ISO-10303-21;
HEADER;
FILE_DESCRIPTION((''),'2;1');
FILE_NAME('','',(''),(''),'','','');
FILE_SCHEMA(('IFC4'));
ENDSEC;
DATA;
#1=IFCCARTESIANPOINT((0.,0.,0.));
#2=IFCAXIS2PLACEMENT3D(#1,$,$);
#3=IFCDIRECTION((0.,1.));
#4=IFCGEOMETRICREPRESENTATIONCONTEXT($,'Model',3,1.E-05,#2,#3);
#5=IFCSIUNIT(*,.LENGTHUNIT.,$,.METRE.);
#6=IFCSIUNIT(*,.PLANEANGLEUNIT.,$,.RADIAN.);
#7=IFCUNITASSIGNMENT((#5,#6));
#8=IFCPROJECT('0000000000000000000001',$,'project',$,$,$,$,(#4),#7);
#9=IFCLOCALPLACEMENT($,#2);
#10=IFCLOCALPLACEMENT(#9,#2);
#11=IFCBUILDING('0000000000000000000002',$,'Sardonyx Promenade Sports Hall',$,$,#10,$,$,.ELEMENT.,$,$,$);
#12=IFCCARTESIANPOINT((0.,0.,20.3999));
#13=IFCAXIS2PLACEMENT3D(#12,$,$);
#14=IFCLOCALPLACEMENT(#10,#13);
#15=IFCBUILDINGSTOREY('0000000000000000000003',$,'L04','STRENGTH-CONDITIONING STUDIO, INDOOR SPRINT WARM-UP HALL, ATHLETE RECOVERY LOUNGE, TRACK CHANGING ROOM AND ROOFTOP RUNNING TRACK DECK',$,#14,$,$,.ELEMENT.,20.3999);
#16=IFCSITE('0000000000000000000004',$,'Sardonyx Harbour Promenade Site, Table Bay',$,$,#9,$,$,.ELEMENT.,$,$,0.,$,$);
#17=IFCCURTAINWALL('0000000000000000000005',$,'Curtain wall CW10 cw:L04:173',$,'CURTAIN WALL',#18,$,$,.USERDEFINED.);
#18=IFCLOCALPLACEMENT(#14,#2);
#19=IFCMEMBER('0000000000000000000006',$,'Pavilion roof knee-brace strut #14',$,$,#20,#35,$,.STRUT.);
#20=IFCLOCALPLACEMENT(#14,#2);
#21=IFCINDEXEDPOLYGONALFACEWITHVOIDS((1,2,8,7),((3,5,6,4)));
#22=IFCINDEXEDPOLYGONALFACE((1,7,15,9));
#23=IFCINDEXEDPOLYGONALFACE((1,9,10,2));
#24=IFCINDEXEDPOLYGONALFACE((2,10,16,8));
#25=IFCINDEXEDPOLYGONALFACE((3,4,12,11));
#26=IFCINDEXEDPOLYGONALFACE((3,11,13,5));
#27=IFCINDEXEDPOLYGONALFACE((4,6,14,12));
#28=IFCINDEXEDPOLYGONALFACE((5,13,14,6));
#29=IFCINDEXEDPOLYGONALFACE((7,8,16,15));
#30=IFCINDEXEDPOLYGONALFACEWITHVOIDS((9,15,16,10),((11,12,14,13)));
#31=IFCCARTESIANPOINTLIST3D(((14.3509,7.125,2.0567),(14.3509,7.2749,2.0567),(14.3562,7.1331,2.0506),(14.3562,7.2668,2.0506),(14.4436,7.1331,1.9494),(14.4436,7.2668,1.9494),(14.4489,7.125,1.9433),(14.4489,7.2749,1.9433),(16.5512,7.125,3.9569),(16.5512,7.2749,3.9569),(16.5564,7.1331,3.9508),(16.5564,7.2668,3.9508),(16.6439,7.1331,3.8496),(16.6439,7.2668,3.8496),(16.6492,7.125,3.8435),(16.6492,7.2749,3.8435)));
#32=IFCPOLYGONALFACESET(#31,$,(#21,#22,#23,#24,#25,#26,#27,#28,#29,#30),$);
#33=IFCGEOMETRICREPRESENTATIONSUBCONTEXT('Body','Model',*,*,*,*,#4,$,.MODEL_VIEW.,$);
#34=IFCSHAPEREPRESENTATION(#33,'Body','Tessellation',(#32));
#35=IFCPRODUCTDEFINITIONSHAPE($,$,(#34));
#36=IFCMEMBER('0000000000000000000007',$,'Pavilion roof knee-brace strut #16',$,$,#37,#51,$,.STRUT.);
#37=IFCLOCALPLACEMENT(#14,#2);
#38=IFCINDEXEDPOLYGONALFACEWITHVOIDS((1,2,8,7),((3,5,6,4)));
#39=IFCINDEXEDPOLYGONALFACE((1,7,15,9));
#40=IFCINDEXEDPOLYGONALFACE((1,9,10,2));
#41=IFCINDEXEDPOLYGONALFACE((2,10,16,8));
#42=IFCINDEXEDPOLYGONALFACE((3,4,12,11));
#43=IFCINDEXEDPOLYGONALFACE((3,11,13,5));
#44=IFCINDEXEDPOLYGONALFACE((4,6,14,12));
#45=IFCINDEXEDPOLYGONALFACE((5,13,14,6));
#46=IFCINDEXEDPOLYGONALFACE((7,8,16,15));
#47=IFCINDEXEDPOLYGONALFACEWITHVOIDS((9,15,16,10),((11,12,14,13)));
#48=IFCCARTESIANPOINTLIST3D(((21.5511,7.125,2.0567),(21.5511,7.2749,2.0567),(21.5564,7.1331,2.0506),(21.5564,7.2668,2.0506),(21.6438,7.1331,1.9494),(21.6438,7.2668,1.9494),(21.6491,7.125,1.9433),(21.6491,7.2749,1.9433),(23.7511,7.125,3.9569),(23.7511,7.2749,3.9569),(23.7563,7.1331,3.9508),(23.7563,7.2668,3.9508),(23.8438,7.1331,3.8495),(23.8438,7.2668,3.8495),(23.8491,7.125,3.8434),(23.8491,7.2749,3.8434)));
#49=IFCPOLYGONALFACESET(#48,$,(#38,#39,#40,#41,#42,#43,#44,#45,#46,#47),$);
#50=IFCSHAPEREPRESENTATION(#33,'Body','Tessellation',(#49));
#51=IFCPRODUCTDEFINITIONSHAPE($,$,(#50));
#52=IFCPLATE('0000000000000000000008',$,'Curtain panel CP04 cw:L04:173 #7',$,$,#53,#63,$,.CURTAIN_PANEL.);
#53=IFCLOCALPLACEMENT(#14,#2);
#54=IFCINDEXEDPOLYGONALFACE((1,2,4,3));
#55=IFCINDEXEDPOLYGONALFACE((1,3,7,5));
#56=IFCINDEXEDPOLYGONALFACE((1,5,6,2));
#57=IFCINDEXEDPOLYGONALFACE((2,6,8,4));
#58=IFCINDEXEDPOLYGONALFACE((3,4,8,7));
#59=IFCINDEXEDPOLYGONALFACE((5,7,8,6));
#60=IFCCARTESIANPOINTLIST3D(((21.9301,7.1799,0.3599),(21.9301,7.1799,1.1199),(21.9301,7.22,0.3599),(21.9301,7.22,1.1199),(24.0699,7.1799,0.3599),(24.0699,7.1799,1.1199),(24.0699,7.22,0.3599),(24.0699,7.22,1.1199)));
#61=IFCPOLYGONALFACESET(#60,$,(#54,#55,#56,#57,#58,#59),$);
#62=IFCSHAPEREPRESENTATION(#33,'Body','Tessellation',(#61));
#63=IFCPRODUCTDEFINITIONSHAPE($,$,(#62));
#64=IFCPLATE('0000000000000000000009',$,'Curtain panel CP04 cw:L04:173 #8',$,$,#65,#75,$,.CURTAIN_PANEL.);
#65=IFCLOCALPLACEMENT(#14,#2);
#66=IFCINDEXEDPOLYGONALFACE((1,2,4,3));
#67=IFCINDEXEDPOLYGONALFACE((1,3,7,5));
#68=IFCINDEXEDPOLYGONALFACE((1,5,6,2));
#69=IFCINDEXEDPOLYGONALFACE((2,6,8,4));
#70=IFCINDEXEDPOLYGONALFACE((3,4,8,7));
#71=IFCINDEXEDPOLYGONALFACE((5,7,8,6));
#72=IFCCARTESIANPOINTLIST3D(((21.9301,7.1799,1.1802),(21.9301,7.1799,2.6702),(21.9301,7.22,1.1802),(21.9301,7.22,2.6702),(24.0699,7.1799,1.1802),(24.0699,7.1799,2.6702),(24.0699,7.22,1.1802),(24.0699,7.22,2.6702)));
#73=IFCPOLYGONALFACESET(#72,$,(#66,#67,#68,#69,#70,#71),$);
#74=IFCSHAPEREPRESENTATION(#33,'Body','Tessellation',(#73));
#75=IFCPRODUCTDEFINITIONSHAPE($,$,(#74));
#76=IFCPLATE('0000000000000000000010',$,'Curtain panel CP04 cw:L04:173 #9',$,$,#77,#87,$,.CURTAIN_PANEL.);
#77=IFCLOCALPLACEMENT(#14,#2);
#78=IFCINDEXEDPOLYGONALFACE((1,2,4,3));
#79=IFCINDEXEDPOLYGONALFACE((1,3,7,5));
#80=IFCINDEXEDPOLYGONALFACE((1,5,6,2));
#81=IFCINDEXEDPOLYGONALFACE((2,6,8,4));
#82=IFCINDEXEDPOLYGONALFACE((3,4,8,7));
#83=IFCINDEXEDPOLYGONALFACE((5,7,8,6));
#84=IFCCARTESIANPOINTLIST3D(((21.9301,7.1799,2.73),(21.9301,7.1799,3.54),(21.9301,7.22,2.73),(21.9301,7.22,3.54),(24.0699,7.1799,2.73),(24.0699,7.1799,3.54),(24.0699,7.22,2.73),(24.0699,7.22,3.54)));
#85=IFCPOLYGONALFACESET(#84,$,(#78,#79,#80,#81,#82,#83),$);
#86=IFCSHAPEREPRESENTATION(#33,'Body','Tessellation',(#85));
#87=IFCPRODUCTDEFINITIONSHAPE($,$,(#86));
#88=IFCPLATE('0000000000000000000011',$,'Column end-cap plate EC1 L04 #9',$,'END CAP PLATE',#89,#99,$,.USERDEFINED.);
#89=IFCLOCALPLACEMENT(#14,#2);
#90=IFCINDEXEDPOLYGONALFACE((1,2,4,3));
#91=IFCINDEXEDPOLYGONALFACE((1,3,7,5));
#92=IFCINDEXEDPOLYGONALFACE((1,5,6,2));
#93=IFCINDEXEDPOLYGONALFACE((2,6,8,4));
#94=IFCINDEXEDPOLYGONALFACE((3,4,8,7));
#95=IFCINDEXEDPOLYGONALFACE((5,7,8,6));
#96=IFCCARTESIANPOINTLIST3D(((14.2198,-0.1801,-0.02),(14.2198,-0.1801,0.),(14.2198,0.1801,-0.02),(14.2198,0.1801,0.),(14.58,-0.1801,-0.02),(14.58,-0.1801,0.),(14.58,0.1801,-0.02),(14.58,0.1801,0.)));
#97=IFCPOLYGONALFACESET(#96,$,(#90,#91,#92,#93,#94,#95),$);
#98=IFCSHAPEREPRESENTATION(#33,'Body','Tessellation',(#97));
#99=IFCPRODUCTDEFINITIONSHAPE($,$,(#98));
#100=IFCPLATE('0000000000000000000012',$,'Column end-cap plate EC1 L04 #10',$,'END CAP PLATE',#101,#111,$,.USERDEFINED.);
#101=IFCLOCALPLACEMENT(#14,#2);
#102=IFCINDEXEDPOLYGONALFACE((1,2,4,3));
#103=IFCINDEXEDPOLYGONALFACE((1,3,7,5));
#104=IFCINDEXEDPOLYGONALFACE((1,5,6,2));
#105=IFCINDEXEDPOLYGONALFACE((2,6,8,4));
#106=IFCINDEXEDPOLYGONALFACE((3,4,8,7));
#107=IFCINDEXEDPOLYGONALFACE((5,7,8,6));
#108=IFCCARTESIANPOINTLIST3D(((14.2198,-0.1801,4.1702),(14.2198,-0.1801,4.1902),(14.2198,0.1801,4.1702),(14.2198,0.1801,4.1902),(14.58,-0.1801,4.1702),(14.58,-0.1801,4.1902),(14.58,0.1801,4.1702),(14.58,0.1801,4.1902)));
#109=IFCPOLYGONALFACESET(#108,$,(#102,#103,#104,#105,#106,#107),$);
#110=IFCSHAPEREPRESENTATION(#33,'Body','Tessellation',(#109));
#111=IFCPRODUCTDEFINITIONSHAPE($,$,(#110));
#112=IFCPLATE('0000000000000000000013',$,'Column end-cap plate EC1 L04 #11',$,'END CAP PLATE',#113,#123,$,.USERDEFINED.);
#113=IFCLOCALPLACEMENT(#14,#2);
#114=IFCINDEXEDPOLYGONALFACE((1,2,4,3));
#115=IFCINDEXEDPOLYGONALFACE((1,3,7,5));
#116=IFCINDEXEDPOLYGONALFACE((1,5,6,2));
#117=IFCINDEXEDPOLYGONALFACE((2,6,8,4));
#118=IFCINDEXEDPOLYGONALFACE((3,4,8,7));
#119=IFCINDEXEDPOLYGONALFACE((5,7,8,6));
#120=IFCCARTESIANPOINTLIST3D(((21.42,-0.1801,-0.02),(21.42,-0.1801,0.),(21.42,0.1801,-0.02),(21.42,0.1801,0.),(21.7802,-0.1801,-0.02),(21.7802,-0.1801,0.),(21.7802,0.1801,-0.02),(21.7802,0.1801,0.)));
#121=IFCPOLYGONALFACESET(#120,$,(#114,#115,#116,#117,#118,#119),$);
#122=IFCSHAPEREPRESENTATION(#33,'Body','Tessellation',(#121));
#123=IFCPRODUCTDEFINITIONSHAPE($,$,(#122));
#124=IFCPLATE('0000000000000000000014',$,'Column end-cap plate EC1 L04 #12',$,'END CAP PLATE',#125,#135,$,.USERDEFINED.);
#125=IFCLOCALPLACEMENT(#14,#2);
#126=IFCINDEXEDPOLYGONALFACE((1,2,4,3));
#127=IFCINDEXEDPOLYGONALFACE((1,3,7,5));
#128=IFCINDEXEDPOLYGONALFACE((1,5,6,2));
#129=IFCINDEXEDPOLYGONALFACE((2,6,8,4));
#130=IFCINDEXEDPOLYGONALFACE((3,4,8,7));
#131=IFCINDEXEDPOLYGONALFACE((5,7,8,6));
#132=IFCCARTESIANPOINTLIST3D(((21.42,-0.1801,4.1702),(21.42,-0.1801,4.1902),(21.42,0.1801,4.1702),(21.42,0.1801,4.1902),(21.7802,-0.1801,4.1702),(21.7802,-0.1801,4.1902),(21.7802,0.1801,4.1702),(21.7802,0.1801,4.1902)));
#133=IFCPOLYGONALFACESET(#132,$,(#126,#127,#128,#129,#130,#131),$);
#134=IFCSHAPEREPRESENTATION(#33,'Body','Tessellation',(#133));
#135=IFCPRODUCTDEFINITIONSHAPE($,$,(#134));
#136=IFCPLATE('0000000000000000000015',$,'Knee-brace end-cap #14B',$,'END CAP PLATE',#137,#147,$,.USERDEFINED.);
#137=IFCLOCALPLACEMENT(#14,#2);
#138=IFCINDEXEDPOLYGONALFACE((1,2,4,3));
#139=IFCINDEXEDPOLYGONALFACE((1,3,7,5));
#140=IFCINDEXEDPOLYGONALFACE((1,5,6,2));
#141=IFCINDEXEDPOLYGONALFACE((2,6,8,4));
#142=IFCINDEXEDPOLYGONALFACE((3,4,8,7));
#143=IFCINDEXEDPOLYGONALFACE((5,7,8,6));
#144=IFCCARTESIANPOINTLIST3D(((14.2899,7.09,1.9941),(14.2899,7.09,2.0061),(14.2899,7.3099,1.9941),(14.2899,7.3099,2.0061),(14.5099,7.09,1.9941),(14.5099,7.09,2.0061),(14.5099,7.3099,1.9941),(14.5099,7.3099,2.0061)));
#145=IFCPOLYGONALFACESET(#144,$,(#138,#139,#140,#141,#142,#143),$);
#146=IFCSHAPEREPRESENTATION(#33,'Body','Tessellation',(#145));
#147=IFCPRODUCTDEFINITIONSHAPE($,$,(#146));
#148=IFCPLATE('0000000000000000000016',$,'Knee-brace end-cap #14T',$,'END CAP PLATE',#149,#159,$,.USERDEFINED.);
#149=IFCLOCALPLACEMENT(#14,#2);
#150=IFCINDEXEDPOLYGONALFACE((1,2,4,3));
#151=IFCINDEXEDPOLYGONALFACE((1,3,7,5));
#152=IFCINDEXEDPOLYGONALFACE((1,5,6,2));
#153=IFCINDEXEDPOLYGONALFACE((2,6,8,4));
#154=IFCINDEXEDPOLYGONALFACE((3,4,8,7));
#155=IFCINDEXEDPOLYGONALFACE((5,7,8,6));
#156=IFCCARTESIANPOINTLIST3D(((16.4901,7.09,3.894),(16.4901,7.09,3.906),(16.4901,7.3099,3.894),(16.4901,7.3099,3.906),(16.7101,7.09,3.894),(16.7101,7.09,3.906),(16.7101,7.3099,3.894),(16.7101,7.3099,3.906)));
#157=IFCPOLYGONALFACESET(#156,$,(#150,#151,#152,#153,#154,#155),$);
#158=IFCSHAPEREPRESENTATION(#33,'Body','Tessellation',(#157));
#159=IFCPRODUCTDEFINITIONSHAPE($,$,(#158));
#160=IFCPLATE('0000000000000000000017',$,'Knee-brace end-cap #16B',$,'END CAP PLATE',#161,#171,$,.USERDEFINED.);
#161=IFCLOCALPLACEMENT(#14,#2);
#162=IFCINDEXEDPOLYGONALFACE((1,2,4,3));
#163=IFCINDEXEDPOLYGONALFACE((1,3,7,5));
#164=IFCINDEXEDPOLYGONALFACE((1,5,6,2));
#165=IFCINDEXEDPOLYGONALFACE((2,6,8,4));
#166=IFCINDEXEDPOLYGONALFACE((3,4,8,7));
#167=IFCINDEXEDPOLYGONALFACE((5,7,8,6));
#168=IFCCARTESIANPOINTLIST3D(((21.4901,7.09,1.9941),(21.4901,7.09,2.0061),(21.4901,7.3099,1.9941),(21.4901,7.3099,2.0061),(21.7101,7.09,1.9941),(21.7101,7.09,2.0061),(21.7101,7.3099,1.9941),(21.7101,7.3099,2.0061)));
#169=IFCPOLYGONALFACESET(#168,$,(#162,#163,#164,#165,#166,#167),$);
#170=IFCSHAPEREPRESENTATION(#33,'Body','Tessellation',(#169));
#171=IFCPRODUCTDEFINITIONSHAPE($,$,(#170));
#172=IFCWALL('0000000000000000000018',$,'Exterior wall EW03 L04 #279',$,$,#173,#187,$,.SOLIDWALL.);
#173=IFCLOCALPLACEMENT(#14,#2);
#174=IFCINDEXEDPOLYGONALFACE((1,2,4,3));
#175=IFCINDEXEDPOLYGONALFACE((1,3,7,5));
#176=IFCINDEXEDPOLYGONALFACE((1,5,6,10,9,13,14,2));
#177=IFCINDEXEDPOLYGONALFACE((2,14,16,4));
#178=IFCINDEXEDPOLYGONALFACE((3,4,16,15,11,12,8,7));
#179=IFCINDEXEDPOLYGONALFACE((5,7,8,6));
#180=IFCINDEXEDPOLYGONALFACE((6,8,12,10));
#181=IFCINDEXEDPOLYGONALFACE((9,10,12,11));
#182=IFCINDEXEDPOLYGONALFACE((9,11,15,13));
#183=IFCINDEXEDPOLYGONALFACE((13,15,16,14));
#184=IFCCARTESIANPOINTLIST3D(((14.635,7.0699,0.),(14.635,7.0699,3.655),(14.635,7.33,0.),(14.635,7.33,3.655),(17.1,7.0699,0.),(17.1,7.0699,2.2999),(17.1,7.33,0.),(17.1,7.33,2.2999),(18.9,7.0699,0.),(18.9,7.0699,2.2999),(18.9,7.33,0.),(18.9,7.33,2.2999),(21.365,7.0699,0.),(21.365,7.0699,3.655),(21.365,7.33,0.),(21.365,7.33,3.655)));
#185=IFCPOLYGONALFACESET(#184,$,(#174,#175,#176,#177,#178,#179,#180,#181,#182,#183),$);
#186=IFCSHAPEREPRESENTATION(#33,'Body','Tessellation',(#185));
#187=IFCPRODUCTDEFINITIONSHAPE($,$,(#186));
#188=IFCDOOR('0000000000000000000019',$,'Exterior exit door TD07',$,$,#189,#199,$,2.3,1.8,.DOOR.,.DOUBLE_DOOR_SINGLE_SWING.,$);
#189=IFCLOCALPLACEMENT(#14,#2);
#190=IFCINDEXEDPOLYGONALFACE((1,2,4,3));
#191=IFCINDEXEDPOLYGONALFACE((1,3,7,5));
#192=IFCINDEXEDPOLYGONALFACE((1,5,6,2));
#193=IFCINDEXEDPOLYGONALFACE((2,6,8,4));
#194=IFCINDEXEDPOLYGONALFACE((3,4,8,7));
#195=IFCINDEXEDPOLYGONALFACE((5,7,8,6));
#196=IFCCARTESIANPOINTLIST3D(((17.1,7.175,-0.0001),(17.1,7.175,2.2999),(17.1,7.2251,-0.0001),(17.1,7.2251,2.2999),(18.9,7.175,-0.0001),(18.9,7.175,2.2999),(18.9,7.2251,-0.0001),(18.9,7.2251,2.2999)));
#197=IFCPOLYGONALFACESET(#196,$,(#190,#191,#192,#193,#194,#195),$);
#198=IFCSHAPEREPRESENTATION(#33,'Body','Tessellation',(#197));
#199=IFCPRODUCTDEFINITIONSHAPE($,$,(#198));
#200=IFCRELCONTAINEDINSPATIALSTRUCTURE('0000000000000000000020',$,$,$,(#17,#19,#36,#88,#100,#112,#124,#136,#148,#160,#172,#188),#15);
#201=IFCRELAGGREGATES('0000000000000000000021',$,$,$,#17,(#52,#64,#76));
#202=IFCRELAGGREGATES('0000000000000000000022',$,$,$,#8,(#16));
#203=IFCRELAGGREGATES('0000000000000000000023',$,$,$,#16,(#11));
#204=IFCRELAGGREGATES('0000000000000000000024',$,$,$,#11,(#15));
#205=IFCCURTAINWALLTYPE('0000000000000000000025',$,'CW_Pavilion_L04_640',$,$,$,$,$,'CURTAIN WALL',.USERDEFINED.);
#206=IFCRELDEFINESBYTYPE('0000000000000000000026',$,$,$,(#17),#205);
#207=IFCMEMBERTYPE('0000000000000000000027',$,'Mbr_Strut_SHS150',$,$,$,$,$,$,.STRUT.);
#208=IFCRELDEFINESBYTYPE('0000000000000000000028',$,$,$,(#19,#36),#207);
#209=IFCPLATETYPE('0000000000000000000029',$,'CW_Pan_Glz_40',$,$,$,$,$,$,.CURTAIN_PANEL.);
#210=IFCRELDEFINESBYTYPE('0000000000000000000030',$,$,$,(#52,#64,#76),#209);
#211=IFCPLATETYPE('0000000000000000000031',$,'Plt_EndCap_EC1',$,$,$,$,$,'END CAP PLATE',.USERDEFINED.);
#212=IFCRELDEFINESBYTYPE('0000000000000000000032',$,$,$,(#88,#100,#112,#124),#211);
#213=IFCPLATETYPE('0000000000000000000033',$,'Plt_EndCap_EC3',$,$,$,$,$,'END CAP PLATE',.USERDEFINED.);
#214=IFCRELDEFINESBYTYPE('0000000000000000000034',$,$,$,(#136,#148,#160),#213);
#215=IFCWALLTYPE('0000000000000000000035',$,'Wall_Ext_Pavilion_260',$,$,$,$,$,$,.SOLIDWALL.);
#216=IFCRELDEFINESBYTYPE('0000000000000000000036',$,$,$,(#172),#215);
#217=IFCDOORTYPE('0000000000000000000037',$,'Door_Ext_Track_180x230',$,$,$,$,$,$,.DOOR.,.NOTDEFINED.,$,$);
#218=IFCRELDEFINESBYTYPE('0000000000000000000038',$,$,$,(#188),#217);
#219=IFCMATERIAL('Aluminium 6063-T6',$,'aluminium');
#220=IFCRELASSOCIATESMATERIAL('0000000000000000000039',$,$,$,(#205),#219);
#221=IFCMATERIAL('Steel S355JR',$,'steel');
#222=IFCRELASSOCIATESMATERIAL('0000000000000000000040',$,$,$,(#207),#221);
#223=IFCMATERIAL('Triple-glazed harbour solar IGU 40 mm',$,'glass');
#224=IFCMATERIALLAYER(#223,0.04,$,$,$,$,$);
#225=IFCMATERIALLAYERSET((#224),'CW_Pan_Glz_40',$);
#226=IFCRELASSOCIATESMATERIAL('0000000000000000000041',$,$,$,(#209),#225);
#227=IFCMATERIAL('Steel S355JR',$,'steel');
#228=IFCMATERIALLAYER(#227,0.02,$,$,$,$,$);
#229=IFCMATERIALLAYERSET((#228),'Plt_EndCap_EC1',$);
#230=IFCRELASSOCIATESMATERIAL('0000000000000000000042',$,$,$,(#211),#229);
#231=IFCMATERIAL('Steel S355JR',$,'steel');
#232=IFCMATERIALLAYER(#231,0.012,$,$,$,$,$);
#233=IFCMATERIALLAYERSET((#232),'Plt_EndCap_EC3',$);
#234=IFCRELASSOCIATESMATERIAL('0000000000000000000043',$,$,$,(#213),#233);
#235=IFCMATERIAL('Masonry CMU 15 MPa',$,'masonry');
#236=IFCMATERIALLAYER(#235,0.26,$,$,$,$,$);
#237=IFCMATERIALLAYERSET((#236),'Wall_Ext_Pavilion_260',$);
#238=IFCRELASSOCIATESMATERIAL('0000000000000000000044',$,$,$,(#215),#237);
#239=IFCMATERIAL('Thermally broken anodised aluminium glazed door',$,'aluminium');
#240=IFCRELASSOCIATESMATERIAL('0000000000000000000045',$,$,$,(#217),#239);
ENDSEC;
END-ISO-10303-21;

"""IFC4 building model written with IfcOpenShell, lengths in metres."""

from ifc_helpers import new_model, si_unit, direction, frame, frame_2d, origin, origin_2d, place, context, subcontext, project, spatial, rectangle, hollow_rectangle, extrude, material, layer, layer_set, material_profile, profile_set, type_object, element, fill, aggregate, save


model = new_model("IFC4")

# Units and contexts
model_context = context("Model", 3, precision=1e-05, world=origin(), true_north=direction((0.0, 1.0)))
body_context = subcontext(model_context, "Body", "Model", "MODEL_VIEW")
ifc_project = project(units=[si_unit("LENGTHUNIT", "METRE"), si_unit("PLANEANGLEUNIT", "RADIAN")], contexts=[model_context])

# Site, building, storey
site_placement = place(None, origin())
site = spatial("IfcSite", under=ifc_project, at=site_placement, Name="Sardonyx Harbour Promenade Site, Table Bay", CompositionType="ELEMENT", RefElevation=0.0)
building_placement = place(site_placement, origin())
building = spatial("IfcBuilding", under=site, at=building_placement, Name="Sardonyx Promenade Sports Hall", CompositionType="ELEMENT")
storey_placement = place(building_placement, frame((0.0, 0.0, 20.3999)))
storey = spatial("IfcBuildingStorey", under=building, at=storey_placement, Name="L04", Description="STRENGTH-CONDITIONING STUDIO, INDOOR SPRINT WARM-UP HALL, ATHLETE RECOVERY LOUNGE, TRACK CHANGING ROOM AND ROOFTOP RUNNING TRACK DECK", CompositionType="ELEMENT", Elevation=20.3999)

# Curtain wall
ifc_material_1 = material(Name="Aluminium 6063-T6", Category="aluminium")
curtain_wall_type = type_object("IfcCurtainWallType", Name="CW_Pavilion_L04_640", ElementType="CURTAIN WALL", PredefinedType="USERDEFINED", material=ifc_material_1)
curtain_wall_1_placement = place(storey_placement, origin())
curtain_wall_1 = element("IfcCurtainWall", 1, at=curtain_wall_1_placement, inside=storey, type_object=curtain_wall_type, Name="Curtain wall CW10 cw:L04:173", ObjectType="CURTAIN WALL", PredefinedType="USERDEFINED")

# Members
ifc_material_2 = material(Name="Steel S355JR", Category="steel")
ifc_material_profile_1 = material_profile(ifc_material_2, hollow_rectangle(XDim=0.1499, YDim=0.1499, WallThickness=0.0081, at=origin_2d()))
ifc_profile_set_1 = profile_set([ifc_material_profile_1], Name="Steel S355JR")
member_type_1 = type_object("IfcMemberType", Name="Mbr_Strut_SHS150", PredefinedType="STRUT", material=ifc_profile_set_1)
member_1_placement = place(storey_placement, frame((14.3999, 7.2, 2.0), z_axis=(0.756827, 0.0, 0.653615), x_axis=(0.0, 1.0, 0.0)))
element("IfcMember", 2, at=member_1_placement, inside=storey, type_object=member_type_1, Name="Pavilion roof knee-brace strut #14", PredefinedType="STRUT", context=body_context, shape_type="SweptSolid", body=[
    extrude(hollow_rectangle(XDim=0.1499, YDim=0.1499, WallThickness=0.0081, at=origin_2d()), origin(), (0.0, 0.0, 1.0), 2.9072),
])
member_2_placement = place(storey_placement, frame((21.6001, 7.2, 2.0), z_axis=(0.756791, 0.0, 0.653657), x_axis=(0.0, 1.0, 0.0)))
element("IfcMember", 3, at=member_2_placement, inside=storey, type_object=member_type_1, Name="Pavilion roof knee-brace strut #16", PredefinedType="STRUT", context=body_context, shape_type="SweptSolid", body=[
    extrude(hollow_rectangle(XDim=0.1499, YDim=0.1499, WallThickness=0.0081, at=origin_2d()), origin(), (0.0, 0.0, 1.0), 2.907),
])

# Plates
ifc_material_3 = material(Name="Triple-glazed harbour solar IGU 40 mm", Category="glass")
ifc_layer_1 = layer(ifc_material_3, 0.04)
ifc_layer_set_1 = layer_set([ifc_layer_1], Name="CW_Pan_Glz_40")
plate_type_1 = type_object("IfcPlateType", Name="CW_Pan_Glz_40", PredefinedType="CURTAIN_PANEL", material=ifc_layer_set_1)
plate_1_placement = place(storey_placement, frame((23.0, 7.2, 0.3599), z_axis=(0.0, 0.0, 1.0), x_axis=(-1.0, 0.0, 0.0)))
plate_1 = element("IfcPlate", 4, at=plate_1_placement, type_object=plate_type_1, Name="Curtain panel CP04 cw:L04:173 #7", PredefinedType="CURTAIN_PANEL", context=body_context, shape_type="SweptSolid", body=[
    extrude(rectangle(XDim=2.1399, YDim=0.04, at=origin_2d()), origin(), (0.0, 0.0, 1.0), 0.76),
])
plate_2_placement = place(storey_placement, frame((23.0, 7.2, 1.1802), z_axis=(0.0, 0.0, 1.0), x_axis=(-1.0, 0.0, 0.0)))
plate_2 = element("IfcPlate", 5, at=plate_2_placement, type_object=plate_type_1, Name="Curtain panel CP04 cw:L04:173 #8", PredefinedType="CURTAIN_PANEL", context=body_context, shape_type="SweptSolid", body=[
    extrude(rectangle(XDim=2.1399, YDim=0.04, at=origin_2d()), origin(), (0.0, 0.0, 1.0), 1.49),
])
plate_3_placement = place(storey_placement, frame((23.0, 7.2, 2.73), z_axis=(0.0, 0.0, 1.0), x_axis=(-1.0, 0.0, 0.0)))
plate_3 = element("IfcPlate", 6, at=plate_3_placement, type_object=plate_type_1, Name="Curtain panel CP04 cw:L04:173 #9", PredefinedType="CURTAIN_PANEL", context=body_context, shape_type="SweptSolid", body=[
    extrude(rectangle(XDim=2.1399, YDim=0.04, at=origin_2d()), origin(), (0.0, 0.0, 1.0), 0.8101),
])
aggregate(curtain_wall_1, [plate_1, plate_2, plate_3])

# Plates
ifc_material_4 = material(Name="Steel S355JR", Category="steel")
ifc_layer_2 = layer(ifc_material_4, 0.02)
ifc_layer_set_2 = layer_set([ifc_layer_2], Name="Plt_EndCap_EC1")
plate_type_2 = type_object("IfcPlateType", Name="Plt_EndCap_EC1", ElementType="END CAP PLATE", PredefinedType="USERDEFINED", material=ifc_layer_set_2)
for number, where, z_axis, x_axis, name in (
    (7, (14.3999, 0.0, -0.02), (0.0, 0.0, 1.0), (1.0, 0.0, 0.0), "Column end-cap plate EC1 L04 #9"),
    (8, (14.3999, 0.0, 4.1702), (0.0, 0.0, 1.0), (1.0, 0.0, 0.0), "Column end-cap plate EC1 L04 #10"),
    (9, (21.6001, 0.0, -0.02), (0.0, 0.0, 1.0), (1.0, 0.0, 0.0), "Column end-cap plate EC1 L04 #11"),
    (10, (21.6001, 0.0, 4.1702), (0.0, 0.0, 1.0), (1.0, 0.0, 0.0), "Column end-cap plate EC1 L04 #12"),
):
    element("IfcPlate", number, at=place(storey_placement, frame(where, z_axis=z_axis, x_axis=x_axis)), inside=storey, type_object=plate_type_2, Name=name, ObjectType="END CAP PLATE", PredefinedType="USERDEFINED", context=body_context, shape_type="SweptSolid", body=[
        extrude(rectangle(XDim=0.3601, YDim=0.3601, at=origin_2d()), origin(), (0.0, 0.0, 1.0), 0.02),
    ])
ifc_material_5 = material(Name="Steel S355JR", Category="steel")
ifc_layer_3 = layer(ifc_material_5, 0.012)
ifc_layer_set_3 = layer_set([ifc_layer_3], Name="Plt_EndCap_EC3")
plate_type_3 = type_object("IfcPlateType", Name="Plt_EndCap_EC3", ElementType="END CAP PLATE", PredefinedType="USERDEFINED", material=ifc_layer_set_3)
for number, where, z_axis, x_axis, name in (
    (11, (14.3999, 7.2, 1.9941), (0.0, 0.0, 1.0), (1.0, 0.0, 0.0), "Knee-brace end-cap #14B"),
    (12, (16.6001, 7.2, 3.894), (0.0, 0.0, 1.0), (1.0, 0.0, 0.0), "Knee-brace end-cap #14T"),
    (13, (21.6001, 7.2, 1.9941), (0.0, 0.0, 1.0), (1.0, 0.0, 0.0), "Knee-brace end-cap #16B"),
):
    element("IfcPlate", number, at=place(storey_placement, frame(where, z_axis=z_axis, x_axis=x_axis)), inside=storey, type_object=plate_type_3, Name=name, ObjectType="END CAP PLATE", PredefinedType="USERDEFINED", context=body_context, shape_type="SweptSolid", body=[
        extrude(rectangle(XDim=0.22, YDim=0.22, at=origin_2d()), origin(), (0.0, 0.0, 1.0), 0.012),
    ])

# Wall, opening, door
ifc_material_6 = material(Name="Masonry CMU 15 MPa", Category="masonry")
ifc_layer_4 = layer(ifc_material_6, 0.26)
ifc_layer_set_4 = layer_set([ifc_layer_4], Name="Wall_Ext_Pavilion_260")
wall_type_1 = type_object("IfcWallType", Name="Wall_Ext_Pavilion_260", PredefinedType="SOLIDWALL", material=ifc_layer_set_4)
wall_1_placement = place(storey_placement, frame((21.365, 7.2, 0.0), z_axis=(0.0, 0.0, 1.0), x_axis=(-1.0, 0.0, 0.0)))
wall_1 = element("IfcWall", 14, at=wall_1_placement, inside=storey, type_object=wall_type_1, Name="Exterior wall EW03 L04 #279", PredefinedType="SOLIDWALL", context=body_context, shape_type="SweptSolid", body=[
    extrude(rectangle(XDim=6.73, YDim=0.26, at=frame_2d((3.365, 0.0))), origin(), (0.0, 0.0, 1.0), 3.655),
])
opening_1_placement = place(wall_1_placement, frame((2.4651, 0.0, 0.0)))
opening_1 = element("IfcOpeningElement", 15, at=opening_1_placement, cuts=wall_1, PredefinedType="OPENING", context=body_context, shape_type="SweptSolid", body=[
    extrude(rectangle(XDim=1.8, YDim=2.3, at=frame_2d((0.8999, 1.1499))), frame((0.0, 0.14, 0.0), z_axis=(0.0, -1.0, 0.0), x_axis=(1.0, 0.0, 0.0)), (0.0, 0.0, 1.0), 0.28),
])
ifc_material_7 = material(Name="Thermally broken anodised aluminium glazed door", Category="aluminium")
door_type_1 = type_object("IfcDoorType", Name="Door_Ext_Track_180x230", OperationType="NOTDEFINED", PredefinedType="DOOR", material=ifc_material_7)
door_1_placement = place(opening_1_placement, origin())
door_1 = element("IfcDoor", 16, at=door_1_placement, inside=storey, type_object=door_type_1, Name="Exterior exit door TD07", OperationType="DOUBLE_DOOR_SINGLE_SWING", OverallHeight=2.3, OverallWidth=1.8, PredefinedType="DOOR", context=body_context, shape_type="SweptSolid", body=[
    extrude(rectangle(XDim=1.8, YDim=2.3, at=frame_2d((0.8999, 1.1499))), frame((0.0, 0.0249, 0.0), z_axis=(0.0, -1.0, 0.0), x_axis=(1.0, 0.0, 0.0)), (0.0, 0.0, 1.0), 0.05),
])
fill(opening_1, door_1)

save(model, "model.ifc")
